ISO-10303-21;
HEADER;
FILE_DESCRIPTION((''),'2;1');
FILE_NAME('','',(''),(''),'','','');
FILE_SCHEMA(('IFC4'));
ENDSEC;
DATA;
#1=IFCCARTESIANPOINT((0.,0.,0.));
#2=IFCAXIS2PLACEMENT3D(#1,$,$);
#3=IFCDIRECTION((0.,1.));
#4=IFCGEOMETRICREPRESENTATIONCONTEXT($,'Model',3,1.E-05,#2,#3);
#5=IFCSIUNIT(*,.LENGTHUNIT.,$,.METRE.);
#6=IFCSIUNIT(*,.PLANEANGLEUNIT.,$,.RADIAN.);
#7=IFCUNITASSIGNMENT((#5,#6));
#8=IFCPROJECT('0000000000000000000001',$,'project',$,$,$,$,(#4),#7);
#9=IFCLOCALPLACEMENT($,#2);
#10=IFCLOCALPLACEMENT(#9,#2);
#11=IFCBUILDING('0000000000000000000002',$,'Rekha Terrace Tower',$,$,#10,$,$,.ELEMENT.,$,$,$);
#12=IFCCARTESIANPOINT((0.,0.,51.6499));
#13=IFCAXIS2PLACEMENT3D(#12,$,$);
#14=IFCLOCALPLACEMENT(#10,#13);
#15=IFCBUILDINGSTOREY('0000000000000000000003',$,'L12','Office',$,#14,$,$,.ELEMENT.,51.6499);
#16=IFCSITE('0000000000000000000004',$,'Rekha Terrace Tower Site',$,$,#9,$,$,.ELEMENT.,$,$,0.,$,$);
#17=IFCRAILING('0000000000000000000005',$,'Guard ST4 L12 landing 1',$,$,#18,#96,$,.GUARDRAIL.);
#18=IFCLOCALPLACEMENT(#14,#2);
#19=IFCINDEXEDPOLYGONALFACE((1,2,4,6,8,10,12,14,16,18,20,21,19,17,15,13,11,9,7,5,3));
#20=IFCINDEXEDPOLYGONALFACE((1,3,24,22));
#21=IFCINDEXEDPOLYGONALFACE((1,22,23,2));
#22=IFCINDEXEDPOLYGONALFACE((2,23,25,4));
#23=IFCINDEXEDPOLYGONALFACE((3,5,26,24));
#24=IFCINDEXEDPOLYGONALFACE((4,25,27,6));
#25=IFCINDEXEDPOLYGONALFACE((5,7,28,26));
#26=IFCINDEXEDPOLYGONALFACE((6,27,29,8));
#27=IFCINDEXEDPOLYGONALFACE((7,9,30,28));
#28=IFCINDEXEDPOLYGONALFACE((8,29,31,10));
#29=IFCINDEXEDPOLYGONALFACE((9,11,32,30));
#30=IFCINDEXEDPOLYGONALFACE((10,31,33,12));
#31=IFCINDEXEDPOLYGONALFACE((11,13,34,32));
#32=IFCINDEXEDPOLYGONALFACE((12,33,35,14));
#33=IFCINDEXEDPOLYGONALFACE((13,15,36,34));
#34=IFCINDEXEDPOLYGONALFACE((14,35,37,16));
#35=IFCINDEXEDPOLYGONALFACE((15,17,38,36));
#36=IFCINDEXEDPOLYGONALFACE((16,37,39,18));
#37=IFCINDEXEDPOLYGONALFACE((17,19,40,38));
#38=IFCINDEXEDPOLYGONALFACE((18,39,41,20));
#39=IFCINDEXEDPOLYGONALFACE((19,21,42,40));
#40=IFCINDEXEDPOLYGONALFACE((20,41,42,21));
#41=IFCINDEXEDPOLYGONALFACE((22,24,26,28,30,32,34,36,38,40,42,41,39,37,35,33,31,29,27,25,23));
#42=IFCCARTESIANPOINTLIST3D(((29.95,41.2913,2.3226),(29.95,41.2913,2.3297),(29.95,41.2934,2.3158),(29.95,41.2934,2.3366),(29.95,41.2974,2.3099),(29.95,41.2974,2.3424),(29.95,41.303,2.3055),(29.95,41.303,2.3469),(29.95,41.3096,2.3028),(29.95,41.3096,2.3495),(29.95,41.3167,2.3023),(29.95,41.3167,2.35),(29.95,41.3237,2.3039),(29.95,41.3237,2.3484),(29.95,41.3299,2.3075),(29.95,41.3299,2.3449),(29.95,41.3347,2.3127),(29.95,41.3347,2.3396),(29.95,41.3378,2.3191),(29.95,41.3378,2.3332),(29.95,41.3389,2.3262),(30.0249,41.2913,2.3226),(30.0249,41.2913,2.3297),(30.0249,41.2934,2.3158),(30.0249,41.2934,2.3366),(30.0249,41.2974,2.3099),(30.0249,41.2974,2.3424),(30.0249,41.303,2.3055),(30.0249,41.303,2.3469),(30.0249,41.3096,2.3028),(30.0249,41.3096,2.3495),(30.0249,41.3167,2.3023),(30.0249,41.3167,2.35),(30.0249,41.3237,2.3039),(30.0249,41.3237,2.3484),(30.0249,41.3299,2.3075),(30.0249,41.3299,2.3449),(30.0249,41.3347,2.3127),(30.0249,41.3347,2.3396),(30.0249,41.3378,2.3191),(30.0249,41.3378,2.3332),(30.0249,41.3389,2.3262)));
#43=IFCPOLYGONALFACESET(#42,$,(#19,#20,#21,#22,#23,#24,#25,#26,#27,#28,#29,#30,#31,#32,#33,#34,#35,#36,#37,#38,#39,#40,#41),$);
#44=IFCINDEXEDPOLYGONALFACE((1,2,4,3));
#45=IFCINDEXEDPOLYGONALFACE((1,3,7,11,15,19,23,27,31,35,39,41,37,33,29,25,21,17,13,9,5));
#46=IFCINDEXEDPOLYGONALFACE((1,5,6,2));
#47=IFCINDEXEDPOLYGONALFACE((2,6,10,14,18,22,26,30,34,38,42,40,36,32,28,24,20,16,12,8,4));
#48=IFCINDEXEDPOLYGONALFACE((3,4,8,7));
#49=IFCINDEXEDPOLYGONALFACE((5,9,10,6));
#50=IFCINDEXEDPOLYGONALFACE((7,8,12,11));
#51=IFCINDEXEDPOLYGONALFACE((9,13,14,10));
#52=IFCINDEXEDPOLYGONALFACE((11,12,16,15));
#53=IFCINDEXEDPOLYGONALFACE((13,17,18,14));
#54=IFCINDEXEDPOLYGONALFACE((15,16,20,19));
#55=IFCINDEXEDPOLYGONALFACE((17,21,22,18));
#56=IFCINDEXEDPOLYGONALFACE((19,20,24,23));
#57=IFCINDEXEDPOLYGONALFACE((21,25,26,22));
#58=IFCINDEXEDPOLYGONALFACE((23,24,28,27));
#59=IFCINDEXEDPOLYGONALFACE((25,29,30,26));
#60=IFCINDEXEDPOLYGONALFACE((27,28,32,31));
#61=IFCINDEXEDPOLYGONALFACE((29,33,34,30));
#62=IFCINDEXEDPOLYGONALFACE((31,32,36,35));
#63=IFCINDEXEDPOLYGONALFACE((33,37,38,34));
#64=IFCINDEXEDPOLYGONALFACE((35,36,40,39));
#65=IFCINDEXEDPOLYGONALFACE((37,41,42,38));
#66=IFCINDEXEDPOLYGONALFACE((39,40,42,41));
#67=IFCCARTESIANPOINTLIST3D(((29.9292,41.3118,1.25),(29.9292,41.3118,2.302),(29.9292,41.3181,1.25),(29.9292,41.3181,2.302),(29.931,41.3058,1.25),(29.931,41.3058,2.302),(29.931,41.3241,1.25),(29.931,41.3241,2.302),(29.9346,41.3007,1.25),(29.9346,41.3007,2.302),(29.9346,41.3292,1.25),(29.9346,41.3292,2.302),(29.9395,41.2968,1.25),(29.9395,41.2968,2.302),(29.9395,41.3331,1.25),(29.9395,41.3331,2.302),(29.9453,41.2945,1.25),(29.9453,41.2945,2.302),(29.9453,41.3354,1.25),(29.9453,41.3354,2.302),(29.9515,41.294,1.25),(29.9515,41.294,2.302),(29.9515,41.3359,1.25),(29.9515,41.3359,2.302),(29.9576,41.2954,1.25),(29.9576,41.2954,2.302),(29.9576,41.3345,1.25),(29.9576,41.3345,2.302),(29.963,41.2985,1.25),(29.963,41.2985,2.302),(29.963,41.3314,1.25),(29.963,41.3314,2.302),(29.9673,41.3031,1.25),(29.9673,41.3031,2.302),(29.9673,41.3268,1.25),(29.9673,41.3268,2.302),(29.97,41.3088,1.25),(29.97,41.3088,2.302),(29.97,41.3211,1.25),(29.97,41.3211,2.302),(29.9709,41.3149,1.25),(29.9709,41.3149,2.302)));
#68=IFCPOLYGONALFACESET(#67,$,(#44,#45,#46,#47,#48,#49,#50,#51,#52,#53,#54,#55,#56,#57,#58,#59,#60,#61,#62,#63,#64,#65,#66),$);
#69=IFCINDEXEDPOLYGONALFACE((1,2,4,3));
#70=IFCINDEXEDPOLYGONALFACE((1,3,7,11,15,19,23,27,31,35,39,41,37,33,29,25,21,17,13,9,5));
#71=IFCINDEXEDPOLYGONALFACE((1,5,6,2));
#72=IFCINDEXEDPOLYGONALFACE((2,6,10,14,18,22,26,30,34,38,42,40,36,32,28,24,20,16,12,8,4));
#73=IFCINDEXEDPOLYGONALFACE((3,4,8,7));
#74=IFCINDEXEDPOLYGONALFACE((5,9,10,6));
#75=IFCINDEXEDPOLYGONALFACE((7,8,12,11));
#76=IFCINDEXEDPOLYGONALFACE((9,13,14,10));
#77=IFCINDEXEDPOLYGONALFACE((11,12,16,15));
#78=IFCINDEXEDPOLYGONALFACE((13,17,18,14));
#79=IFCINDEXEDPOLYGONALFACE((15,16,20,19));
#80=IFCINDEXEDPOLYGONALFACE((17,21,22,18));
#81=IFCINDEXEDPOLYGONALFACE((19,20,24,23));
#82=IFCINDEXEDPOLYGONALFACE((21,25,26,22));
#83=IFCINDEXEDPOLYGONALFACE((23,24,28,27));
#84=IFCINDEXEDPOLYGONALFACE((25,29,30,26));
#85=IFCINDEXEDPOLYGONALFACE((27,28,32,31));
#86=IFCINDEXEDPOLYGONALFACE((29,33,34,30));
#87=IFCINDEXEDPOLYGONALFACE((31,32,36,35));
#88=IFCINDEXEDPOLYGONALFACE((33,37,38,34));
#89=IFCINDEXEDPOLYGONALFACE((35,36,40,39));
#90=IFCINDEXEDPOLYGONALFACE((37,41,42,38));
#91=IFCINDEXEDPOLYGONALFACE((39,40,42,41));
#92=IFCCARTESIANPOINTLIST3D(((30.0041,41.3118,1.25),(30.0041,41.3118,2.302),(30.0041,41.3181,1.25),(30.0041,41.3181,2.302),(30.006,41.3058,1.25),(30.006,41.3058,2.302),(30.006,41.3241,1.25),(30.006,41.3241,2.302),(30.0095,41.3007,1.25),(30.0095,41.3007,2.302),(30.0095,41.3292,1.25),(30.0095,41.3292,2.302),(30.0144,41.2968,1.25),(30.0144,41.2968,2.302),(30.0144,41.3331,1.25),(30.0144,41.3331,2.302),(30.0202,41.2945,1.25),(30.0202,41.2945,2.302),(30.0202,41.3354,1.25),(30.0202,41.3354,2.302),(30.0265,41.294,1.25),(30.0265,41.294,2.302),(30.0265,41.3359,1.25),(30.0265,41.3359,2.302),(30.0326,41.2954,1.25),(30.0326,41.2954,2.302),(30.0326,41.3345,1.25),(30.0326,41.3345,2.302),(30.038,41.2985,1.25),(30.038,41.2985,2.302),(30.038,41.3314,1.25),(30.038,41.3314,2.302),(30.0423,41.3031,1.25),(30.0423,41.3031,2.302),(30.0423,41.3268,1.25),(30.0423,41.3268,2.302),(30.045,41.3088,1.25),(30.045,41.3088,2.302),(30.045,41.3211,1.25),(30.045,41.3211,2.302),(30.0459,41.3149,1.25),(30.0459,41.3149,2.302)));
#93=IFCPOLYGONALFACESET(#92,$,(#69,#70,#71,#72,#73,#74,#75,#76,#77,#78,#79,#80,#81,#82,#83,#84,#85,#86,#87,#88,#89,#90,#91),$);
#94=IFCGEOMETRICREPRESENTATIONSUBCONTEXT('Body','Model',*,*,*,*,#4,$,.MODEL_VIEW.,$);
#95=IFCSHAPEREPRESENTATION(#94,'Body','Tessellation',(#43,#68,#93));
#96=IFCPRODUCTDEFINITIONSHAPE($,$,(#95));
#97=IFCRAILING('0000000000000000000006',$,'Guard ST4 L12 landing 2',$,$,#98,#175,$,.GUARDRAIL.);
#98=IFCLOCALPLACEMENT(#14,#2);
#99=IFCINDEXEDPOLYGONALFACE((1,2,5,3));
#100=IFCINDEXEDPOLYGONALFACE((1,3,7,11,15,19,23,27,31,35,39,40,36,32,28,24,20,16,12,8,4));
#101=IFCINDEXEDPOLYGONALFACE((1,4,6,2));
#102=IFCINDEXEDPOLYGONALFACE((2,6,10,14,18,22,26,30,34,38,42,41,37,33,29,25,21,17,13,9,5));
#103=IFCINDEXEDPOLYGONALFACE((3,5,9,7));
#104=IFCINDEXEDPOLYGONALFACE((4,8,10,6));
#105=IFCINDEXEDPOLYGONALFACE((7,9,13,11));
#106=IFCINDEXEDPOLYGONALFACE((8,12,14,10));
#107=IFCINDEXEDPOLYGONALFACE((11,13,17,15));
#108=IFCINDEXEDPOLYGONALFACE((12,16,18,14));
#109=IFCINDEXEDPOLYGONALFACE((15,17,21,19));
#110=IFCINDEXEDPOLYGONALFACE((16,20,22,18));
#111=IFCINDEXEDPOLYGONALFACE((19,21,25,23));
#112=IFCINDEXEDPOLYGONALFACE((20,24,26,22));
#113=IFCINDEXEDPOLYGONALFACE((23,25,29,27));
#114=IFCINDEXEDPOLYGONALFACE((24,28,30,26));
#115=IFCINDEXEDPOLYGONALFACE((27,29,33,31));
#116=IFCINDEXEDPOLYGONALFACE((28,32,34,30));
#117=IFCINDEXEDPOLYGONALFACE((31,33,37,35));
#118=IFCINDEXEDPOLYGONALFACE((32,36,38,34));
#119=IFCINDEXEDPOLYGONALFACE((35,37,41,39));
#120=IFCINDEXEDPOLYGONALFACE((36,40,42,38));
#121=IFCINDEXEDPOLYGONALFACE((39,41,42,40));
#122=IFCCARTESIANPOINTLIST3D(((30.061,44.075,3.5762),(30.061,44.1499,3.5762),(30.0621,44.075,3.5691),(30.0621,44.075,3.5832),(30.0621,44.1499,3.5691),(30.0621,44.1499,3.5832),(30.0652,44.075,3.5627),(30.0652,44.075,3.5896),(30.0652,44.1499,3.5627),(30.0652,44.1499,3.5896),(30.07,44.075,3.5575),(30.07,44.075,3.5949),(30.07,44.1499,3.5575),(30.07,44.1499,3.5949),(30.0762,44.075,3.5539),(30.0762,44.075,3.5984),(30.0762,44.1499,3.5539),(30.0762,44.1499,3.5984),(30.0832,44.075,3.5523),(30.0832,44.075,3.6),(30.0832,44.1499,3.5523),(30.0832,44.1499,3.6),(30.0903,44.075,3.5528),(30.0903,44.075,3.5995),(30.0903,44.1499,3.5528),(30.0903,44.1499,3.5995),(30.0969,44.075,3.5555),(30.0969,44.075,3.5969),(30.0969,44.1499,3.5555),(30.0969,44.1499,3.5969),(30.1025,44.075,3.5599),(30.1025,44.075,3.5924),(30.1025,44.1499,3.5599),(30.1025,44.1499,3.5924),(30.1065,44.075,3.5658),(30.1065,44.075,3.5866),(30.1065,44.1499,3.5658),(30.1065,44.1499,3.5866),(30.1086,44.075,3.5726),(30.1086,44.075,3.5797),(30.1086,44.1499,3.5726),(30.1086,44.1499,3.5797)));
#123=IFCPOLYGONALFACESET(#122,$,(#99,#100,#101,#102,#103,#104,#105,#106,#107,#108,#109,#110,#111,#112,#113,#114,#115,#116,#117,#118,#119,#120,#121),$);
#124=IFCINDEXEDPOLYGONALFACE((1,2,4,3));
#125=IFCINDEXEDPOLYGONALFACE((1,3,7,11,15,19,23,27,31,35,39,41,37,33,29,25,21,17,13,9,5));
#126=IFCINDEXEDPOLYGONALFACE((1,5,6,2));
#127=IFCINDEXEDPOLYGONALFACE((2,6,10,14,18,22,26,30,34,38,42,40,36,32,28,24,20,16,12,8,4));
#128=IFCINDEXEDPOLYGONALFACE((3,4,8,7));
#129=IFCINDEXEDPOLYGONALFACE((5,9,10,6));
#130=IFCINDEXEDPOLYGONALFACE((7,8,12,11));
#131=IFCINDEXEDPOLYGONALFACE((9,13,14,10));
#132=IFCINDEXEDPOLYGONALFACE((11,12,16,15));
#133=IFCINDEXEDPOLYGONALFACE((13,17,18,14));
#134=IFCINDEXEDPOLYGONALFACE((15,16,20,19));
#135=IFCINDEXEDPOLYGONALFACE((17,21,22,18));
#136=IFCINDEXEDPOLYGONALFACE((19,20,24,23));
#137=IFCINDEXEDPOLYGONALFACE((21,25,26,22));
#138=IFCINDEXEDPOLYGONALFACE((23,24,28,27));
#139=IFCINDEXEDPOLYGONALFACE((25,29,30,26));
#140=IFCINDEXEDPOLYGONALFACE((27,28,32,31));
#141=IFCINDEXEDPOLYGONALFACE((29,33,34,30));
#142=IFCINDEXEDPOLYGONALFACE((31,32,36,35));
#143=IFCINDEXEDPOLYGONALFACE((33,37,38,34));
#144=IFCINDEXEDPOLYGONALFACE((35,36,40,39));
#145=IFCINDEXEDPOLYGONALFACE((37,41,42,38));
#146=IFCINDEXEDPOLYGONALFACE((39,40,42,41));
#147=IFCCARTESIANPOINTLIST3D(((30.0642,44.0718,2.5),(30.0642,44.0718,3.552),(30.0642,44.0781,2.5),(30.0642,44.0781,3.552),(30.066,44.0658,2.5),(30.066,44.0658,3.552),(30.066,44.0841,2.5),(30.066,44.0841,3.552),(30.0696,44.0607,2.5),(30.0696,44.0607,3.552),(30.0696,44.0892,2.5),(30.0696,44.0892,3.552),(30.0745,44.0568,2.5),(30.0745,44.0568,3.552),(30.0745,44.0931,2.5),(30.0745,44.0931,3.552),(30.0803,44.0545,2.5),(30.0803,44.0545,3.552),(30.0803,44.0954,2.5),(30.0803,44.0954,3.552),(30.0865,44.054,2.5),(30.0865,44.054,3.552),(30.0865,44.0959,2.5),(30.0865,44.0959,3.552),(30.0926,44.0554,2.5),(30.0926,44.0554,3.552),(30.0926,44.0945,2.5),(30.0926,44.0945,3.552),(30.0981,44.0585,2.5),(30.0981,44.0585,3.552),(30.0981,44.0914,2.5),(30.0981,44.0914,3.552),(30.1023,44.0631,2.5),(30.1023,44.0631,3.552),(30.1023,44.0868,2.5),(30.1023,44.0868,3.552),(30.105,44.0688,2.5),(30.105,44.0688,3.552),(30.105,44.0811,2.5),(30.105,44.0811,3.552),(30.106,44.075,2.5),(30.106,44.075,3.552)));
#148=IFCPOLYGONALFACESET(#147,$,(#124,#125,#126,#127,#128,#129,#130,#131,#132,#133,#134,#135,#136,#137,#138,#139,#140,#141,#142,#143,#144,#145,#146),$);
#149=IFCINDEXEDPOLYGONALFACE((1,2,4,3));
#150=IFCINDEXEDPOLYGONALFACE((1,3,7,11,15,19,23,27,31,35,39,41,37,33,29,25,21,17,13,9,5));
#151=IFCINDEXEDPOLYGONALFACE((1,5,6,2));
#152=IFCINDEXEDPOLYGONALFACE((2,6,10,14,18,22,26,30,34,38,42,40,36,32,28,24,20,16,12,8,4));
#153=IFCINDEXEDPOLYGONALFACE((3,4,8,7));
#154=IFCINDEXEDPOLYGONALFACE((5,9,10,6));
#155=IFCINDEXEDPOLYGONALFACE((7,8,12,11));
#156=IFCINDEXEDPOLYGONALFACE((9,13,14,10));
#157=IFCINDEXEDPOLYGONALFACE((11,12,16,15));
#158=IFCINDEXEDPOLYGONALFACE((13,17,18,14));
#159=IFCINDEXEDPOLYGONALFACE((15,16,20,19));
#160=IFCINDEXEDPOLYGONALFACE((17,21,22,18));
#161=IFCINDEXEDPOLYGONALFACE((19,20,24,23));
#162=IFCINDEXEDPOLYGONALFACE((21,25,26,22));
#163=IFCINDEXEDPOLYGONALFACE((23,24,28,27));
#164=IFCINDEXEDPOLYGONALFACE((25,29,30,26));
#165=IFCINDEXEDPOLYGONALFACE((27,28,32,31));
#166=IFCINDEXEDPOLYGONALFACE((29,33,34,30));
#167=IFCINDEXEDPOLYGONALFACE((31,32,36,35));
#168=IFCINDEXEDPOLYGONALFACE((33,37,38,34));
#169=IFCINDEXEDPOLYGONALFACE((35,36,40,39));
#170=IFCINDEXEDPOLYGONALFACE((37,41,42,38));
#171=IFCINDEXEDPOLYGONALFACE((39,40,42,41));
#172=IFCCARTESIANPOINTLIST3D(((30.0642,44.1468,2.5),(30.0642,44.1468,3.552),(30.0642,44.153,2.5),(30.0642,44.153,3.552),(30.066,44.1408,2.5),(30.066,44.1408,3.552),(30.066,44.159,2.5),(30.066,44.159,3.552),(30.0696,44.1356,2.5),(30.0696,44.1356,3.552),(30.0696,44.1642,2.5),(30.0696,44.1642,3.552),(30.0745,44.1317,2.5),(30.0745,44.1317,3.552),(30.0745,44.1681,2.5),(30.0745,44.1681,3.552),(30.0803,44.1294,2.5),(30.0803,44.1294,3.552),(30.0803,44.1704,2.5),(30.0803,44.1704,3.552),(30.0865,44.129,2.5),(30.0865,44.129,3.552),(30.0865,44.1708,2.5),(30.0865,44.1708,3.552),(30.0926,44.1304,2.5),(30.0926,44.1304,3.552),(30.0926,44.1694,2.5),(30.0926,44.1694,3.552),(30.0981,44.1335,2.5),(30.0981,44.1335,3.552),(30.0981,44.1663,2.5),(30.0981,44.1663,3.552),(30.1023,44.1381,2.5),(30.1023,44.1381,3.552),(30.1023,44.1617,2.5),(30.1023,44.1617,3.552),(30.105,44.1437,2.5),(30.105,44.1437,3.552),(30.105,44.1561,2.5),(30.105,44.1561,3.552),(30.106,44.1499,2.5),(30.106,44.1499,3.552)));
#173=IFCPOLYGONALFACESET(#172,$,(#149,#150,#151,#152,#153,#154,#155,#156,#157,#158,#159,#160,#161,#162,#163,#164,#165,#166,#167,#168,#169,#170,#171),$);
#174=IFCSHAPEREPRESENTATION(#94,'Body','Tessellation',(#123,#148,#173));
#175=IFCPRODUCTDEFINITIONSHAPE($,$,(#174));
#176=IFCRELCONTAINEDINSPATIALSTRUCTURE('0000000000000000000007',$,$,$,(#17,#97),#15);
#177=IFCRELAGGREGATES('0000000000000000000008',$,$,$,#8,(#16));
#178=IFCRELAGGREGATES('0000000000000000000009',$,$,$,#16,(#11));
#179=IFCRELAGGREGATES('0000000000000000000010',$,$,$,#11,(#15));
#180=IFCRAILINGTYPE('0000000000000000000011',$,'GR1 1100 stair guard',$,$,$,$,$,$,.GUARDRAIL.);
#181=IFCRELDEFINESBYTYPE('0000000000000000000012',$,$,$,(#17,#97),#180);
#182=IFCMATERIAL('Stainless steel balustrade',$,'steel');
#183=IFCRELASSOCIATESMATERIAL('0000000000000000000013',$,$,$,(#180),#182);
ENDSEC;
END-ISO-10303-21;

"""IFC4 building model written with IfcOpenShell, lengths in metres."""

from ifc_helpers import new_model, si_unit, direction, frame, origin, origin_2d, place, context, subcontext, project, spatial, circle, extrude, material, type_object, element, save


model = new_model("IFC4")

# Units and contexts
model_context = context("Model", 3, precision=1e-05, world=origin(), true_north=direction((0.0, 1.0)))
body_context = subcontext(model_context, "Body", "Model", "MODEL_VIEW")
ifc_project = project(units=[si_unit("LENGTHUNIT", "METRE"), si_unit("PLANEANGLEUNIT", "RADIAN")], contexts=[model_context])

# Site, building, storey
site_placement = place(None, origin())
site = spatial("IfcSite", under=ifc_project, at=site_placement, Name="Rekha Terrace Tower Site", CompositionType="ELEMENT", RefElevation=0.0)
building_placement = place(site_placement, origin())
building = spatial("IfcBuilding", under=site, at=building_placement, Name="Rekha Terrace Tower", CompositionType="ELEMENT")
storey_placement = place(building_placement, frame((0.0, 0.0, 51.6499)))
storey = spatial("IfcBuildingStorey", under=building, at=storey_placement, Name="L12", Description="Office", CompositionType="ELEMENT", Elevation=51.6499)

# Railings
ifc_material_1 = material(Name="Stainless steel balustrade", Category="steel")
railing_type_1 = type_object("IfcRailingType", Name="GR1 1100 stair guard", PredefinedType="GUARDRAIL", material=ifc_material_1)
railing_1_placement = place(storey_placement, frame((29.95, 41.3149, 1.25)))
element("IfcRailing", 1, at=railing_1_placement, inside=storey, type_object=railing_type_1, Name="Guard ST4 L12 landing 1", PredefinedType="GUARDRAIL", context=body_context, shape_type="SweptSolid", body=[
    extrude(circle(Radius=0.0239, at=origin_2d()), frame((0.0, 0.0, 1.0762), z_axis=(1.0, 0.0, 0.0), x_axis=(0.0, 1.0, 0.0)), (0.0, 0.0, 1.0), 0.075),
    extrude(circle(Radius=0.021, at=origin_2d()), origin(), (0.0, 0.0, 1.0), 1.052),
    extrude(circle(Radius=0.021, at=origin_2d()), frame((0.075, 0.0, 0.0)), (0.0, 0.0, 1.0), 1.052),
])
railing_2_placement = place(storey_placement, frame((30.085, 44.075, 2.5)))
element("IfcRailing", 2, at=railing_2_placement, inside=storey, type_object=railing_type_1, Name="Guard ST4 L12 landing 2", PredefinedType="GUARDRAIL", context=body_context, shape_type="SweptSolid", body=[
    extrude(circle(Radius=0.0239, at=origin_2d()), frame((0.0, 0.0, 1.0762), z_axis=(0.0, 1.0, 0.0), x_axis=(-1.0, 0.0, 0.0)), (0.0, 0.0, 1.0), 0.075),
    extrude(circle(Radius=0.021, at=origin_2d()), origin(), (0.0, 0.0, 1.0), 1.052),
    extrude(circle(Radius=0.021, at=origin_2d()), frame((0.0, 0.075, 0.0)), (0.0, 0.0, 1.0), 1.052),
])

save(model, "model.ifc")
